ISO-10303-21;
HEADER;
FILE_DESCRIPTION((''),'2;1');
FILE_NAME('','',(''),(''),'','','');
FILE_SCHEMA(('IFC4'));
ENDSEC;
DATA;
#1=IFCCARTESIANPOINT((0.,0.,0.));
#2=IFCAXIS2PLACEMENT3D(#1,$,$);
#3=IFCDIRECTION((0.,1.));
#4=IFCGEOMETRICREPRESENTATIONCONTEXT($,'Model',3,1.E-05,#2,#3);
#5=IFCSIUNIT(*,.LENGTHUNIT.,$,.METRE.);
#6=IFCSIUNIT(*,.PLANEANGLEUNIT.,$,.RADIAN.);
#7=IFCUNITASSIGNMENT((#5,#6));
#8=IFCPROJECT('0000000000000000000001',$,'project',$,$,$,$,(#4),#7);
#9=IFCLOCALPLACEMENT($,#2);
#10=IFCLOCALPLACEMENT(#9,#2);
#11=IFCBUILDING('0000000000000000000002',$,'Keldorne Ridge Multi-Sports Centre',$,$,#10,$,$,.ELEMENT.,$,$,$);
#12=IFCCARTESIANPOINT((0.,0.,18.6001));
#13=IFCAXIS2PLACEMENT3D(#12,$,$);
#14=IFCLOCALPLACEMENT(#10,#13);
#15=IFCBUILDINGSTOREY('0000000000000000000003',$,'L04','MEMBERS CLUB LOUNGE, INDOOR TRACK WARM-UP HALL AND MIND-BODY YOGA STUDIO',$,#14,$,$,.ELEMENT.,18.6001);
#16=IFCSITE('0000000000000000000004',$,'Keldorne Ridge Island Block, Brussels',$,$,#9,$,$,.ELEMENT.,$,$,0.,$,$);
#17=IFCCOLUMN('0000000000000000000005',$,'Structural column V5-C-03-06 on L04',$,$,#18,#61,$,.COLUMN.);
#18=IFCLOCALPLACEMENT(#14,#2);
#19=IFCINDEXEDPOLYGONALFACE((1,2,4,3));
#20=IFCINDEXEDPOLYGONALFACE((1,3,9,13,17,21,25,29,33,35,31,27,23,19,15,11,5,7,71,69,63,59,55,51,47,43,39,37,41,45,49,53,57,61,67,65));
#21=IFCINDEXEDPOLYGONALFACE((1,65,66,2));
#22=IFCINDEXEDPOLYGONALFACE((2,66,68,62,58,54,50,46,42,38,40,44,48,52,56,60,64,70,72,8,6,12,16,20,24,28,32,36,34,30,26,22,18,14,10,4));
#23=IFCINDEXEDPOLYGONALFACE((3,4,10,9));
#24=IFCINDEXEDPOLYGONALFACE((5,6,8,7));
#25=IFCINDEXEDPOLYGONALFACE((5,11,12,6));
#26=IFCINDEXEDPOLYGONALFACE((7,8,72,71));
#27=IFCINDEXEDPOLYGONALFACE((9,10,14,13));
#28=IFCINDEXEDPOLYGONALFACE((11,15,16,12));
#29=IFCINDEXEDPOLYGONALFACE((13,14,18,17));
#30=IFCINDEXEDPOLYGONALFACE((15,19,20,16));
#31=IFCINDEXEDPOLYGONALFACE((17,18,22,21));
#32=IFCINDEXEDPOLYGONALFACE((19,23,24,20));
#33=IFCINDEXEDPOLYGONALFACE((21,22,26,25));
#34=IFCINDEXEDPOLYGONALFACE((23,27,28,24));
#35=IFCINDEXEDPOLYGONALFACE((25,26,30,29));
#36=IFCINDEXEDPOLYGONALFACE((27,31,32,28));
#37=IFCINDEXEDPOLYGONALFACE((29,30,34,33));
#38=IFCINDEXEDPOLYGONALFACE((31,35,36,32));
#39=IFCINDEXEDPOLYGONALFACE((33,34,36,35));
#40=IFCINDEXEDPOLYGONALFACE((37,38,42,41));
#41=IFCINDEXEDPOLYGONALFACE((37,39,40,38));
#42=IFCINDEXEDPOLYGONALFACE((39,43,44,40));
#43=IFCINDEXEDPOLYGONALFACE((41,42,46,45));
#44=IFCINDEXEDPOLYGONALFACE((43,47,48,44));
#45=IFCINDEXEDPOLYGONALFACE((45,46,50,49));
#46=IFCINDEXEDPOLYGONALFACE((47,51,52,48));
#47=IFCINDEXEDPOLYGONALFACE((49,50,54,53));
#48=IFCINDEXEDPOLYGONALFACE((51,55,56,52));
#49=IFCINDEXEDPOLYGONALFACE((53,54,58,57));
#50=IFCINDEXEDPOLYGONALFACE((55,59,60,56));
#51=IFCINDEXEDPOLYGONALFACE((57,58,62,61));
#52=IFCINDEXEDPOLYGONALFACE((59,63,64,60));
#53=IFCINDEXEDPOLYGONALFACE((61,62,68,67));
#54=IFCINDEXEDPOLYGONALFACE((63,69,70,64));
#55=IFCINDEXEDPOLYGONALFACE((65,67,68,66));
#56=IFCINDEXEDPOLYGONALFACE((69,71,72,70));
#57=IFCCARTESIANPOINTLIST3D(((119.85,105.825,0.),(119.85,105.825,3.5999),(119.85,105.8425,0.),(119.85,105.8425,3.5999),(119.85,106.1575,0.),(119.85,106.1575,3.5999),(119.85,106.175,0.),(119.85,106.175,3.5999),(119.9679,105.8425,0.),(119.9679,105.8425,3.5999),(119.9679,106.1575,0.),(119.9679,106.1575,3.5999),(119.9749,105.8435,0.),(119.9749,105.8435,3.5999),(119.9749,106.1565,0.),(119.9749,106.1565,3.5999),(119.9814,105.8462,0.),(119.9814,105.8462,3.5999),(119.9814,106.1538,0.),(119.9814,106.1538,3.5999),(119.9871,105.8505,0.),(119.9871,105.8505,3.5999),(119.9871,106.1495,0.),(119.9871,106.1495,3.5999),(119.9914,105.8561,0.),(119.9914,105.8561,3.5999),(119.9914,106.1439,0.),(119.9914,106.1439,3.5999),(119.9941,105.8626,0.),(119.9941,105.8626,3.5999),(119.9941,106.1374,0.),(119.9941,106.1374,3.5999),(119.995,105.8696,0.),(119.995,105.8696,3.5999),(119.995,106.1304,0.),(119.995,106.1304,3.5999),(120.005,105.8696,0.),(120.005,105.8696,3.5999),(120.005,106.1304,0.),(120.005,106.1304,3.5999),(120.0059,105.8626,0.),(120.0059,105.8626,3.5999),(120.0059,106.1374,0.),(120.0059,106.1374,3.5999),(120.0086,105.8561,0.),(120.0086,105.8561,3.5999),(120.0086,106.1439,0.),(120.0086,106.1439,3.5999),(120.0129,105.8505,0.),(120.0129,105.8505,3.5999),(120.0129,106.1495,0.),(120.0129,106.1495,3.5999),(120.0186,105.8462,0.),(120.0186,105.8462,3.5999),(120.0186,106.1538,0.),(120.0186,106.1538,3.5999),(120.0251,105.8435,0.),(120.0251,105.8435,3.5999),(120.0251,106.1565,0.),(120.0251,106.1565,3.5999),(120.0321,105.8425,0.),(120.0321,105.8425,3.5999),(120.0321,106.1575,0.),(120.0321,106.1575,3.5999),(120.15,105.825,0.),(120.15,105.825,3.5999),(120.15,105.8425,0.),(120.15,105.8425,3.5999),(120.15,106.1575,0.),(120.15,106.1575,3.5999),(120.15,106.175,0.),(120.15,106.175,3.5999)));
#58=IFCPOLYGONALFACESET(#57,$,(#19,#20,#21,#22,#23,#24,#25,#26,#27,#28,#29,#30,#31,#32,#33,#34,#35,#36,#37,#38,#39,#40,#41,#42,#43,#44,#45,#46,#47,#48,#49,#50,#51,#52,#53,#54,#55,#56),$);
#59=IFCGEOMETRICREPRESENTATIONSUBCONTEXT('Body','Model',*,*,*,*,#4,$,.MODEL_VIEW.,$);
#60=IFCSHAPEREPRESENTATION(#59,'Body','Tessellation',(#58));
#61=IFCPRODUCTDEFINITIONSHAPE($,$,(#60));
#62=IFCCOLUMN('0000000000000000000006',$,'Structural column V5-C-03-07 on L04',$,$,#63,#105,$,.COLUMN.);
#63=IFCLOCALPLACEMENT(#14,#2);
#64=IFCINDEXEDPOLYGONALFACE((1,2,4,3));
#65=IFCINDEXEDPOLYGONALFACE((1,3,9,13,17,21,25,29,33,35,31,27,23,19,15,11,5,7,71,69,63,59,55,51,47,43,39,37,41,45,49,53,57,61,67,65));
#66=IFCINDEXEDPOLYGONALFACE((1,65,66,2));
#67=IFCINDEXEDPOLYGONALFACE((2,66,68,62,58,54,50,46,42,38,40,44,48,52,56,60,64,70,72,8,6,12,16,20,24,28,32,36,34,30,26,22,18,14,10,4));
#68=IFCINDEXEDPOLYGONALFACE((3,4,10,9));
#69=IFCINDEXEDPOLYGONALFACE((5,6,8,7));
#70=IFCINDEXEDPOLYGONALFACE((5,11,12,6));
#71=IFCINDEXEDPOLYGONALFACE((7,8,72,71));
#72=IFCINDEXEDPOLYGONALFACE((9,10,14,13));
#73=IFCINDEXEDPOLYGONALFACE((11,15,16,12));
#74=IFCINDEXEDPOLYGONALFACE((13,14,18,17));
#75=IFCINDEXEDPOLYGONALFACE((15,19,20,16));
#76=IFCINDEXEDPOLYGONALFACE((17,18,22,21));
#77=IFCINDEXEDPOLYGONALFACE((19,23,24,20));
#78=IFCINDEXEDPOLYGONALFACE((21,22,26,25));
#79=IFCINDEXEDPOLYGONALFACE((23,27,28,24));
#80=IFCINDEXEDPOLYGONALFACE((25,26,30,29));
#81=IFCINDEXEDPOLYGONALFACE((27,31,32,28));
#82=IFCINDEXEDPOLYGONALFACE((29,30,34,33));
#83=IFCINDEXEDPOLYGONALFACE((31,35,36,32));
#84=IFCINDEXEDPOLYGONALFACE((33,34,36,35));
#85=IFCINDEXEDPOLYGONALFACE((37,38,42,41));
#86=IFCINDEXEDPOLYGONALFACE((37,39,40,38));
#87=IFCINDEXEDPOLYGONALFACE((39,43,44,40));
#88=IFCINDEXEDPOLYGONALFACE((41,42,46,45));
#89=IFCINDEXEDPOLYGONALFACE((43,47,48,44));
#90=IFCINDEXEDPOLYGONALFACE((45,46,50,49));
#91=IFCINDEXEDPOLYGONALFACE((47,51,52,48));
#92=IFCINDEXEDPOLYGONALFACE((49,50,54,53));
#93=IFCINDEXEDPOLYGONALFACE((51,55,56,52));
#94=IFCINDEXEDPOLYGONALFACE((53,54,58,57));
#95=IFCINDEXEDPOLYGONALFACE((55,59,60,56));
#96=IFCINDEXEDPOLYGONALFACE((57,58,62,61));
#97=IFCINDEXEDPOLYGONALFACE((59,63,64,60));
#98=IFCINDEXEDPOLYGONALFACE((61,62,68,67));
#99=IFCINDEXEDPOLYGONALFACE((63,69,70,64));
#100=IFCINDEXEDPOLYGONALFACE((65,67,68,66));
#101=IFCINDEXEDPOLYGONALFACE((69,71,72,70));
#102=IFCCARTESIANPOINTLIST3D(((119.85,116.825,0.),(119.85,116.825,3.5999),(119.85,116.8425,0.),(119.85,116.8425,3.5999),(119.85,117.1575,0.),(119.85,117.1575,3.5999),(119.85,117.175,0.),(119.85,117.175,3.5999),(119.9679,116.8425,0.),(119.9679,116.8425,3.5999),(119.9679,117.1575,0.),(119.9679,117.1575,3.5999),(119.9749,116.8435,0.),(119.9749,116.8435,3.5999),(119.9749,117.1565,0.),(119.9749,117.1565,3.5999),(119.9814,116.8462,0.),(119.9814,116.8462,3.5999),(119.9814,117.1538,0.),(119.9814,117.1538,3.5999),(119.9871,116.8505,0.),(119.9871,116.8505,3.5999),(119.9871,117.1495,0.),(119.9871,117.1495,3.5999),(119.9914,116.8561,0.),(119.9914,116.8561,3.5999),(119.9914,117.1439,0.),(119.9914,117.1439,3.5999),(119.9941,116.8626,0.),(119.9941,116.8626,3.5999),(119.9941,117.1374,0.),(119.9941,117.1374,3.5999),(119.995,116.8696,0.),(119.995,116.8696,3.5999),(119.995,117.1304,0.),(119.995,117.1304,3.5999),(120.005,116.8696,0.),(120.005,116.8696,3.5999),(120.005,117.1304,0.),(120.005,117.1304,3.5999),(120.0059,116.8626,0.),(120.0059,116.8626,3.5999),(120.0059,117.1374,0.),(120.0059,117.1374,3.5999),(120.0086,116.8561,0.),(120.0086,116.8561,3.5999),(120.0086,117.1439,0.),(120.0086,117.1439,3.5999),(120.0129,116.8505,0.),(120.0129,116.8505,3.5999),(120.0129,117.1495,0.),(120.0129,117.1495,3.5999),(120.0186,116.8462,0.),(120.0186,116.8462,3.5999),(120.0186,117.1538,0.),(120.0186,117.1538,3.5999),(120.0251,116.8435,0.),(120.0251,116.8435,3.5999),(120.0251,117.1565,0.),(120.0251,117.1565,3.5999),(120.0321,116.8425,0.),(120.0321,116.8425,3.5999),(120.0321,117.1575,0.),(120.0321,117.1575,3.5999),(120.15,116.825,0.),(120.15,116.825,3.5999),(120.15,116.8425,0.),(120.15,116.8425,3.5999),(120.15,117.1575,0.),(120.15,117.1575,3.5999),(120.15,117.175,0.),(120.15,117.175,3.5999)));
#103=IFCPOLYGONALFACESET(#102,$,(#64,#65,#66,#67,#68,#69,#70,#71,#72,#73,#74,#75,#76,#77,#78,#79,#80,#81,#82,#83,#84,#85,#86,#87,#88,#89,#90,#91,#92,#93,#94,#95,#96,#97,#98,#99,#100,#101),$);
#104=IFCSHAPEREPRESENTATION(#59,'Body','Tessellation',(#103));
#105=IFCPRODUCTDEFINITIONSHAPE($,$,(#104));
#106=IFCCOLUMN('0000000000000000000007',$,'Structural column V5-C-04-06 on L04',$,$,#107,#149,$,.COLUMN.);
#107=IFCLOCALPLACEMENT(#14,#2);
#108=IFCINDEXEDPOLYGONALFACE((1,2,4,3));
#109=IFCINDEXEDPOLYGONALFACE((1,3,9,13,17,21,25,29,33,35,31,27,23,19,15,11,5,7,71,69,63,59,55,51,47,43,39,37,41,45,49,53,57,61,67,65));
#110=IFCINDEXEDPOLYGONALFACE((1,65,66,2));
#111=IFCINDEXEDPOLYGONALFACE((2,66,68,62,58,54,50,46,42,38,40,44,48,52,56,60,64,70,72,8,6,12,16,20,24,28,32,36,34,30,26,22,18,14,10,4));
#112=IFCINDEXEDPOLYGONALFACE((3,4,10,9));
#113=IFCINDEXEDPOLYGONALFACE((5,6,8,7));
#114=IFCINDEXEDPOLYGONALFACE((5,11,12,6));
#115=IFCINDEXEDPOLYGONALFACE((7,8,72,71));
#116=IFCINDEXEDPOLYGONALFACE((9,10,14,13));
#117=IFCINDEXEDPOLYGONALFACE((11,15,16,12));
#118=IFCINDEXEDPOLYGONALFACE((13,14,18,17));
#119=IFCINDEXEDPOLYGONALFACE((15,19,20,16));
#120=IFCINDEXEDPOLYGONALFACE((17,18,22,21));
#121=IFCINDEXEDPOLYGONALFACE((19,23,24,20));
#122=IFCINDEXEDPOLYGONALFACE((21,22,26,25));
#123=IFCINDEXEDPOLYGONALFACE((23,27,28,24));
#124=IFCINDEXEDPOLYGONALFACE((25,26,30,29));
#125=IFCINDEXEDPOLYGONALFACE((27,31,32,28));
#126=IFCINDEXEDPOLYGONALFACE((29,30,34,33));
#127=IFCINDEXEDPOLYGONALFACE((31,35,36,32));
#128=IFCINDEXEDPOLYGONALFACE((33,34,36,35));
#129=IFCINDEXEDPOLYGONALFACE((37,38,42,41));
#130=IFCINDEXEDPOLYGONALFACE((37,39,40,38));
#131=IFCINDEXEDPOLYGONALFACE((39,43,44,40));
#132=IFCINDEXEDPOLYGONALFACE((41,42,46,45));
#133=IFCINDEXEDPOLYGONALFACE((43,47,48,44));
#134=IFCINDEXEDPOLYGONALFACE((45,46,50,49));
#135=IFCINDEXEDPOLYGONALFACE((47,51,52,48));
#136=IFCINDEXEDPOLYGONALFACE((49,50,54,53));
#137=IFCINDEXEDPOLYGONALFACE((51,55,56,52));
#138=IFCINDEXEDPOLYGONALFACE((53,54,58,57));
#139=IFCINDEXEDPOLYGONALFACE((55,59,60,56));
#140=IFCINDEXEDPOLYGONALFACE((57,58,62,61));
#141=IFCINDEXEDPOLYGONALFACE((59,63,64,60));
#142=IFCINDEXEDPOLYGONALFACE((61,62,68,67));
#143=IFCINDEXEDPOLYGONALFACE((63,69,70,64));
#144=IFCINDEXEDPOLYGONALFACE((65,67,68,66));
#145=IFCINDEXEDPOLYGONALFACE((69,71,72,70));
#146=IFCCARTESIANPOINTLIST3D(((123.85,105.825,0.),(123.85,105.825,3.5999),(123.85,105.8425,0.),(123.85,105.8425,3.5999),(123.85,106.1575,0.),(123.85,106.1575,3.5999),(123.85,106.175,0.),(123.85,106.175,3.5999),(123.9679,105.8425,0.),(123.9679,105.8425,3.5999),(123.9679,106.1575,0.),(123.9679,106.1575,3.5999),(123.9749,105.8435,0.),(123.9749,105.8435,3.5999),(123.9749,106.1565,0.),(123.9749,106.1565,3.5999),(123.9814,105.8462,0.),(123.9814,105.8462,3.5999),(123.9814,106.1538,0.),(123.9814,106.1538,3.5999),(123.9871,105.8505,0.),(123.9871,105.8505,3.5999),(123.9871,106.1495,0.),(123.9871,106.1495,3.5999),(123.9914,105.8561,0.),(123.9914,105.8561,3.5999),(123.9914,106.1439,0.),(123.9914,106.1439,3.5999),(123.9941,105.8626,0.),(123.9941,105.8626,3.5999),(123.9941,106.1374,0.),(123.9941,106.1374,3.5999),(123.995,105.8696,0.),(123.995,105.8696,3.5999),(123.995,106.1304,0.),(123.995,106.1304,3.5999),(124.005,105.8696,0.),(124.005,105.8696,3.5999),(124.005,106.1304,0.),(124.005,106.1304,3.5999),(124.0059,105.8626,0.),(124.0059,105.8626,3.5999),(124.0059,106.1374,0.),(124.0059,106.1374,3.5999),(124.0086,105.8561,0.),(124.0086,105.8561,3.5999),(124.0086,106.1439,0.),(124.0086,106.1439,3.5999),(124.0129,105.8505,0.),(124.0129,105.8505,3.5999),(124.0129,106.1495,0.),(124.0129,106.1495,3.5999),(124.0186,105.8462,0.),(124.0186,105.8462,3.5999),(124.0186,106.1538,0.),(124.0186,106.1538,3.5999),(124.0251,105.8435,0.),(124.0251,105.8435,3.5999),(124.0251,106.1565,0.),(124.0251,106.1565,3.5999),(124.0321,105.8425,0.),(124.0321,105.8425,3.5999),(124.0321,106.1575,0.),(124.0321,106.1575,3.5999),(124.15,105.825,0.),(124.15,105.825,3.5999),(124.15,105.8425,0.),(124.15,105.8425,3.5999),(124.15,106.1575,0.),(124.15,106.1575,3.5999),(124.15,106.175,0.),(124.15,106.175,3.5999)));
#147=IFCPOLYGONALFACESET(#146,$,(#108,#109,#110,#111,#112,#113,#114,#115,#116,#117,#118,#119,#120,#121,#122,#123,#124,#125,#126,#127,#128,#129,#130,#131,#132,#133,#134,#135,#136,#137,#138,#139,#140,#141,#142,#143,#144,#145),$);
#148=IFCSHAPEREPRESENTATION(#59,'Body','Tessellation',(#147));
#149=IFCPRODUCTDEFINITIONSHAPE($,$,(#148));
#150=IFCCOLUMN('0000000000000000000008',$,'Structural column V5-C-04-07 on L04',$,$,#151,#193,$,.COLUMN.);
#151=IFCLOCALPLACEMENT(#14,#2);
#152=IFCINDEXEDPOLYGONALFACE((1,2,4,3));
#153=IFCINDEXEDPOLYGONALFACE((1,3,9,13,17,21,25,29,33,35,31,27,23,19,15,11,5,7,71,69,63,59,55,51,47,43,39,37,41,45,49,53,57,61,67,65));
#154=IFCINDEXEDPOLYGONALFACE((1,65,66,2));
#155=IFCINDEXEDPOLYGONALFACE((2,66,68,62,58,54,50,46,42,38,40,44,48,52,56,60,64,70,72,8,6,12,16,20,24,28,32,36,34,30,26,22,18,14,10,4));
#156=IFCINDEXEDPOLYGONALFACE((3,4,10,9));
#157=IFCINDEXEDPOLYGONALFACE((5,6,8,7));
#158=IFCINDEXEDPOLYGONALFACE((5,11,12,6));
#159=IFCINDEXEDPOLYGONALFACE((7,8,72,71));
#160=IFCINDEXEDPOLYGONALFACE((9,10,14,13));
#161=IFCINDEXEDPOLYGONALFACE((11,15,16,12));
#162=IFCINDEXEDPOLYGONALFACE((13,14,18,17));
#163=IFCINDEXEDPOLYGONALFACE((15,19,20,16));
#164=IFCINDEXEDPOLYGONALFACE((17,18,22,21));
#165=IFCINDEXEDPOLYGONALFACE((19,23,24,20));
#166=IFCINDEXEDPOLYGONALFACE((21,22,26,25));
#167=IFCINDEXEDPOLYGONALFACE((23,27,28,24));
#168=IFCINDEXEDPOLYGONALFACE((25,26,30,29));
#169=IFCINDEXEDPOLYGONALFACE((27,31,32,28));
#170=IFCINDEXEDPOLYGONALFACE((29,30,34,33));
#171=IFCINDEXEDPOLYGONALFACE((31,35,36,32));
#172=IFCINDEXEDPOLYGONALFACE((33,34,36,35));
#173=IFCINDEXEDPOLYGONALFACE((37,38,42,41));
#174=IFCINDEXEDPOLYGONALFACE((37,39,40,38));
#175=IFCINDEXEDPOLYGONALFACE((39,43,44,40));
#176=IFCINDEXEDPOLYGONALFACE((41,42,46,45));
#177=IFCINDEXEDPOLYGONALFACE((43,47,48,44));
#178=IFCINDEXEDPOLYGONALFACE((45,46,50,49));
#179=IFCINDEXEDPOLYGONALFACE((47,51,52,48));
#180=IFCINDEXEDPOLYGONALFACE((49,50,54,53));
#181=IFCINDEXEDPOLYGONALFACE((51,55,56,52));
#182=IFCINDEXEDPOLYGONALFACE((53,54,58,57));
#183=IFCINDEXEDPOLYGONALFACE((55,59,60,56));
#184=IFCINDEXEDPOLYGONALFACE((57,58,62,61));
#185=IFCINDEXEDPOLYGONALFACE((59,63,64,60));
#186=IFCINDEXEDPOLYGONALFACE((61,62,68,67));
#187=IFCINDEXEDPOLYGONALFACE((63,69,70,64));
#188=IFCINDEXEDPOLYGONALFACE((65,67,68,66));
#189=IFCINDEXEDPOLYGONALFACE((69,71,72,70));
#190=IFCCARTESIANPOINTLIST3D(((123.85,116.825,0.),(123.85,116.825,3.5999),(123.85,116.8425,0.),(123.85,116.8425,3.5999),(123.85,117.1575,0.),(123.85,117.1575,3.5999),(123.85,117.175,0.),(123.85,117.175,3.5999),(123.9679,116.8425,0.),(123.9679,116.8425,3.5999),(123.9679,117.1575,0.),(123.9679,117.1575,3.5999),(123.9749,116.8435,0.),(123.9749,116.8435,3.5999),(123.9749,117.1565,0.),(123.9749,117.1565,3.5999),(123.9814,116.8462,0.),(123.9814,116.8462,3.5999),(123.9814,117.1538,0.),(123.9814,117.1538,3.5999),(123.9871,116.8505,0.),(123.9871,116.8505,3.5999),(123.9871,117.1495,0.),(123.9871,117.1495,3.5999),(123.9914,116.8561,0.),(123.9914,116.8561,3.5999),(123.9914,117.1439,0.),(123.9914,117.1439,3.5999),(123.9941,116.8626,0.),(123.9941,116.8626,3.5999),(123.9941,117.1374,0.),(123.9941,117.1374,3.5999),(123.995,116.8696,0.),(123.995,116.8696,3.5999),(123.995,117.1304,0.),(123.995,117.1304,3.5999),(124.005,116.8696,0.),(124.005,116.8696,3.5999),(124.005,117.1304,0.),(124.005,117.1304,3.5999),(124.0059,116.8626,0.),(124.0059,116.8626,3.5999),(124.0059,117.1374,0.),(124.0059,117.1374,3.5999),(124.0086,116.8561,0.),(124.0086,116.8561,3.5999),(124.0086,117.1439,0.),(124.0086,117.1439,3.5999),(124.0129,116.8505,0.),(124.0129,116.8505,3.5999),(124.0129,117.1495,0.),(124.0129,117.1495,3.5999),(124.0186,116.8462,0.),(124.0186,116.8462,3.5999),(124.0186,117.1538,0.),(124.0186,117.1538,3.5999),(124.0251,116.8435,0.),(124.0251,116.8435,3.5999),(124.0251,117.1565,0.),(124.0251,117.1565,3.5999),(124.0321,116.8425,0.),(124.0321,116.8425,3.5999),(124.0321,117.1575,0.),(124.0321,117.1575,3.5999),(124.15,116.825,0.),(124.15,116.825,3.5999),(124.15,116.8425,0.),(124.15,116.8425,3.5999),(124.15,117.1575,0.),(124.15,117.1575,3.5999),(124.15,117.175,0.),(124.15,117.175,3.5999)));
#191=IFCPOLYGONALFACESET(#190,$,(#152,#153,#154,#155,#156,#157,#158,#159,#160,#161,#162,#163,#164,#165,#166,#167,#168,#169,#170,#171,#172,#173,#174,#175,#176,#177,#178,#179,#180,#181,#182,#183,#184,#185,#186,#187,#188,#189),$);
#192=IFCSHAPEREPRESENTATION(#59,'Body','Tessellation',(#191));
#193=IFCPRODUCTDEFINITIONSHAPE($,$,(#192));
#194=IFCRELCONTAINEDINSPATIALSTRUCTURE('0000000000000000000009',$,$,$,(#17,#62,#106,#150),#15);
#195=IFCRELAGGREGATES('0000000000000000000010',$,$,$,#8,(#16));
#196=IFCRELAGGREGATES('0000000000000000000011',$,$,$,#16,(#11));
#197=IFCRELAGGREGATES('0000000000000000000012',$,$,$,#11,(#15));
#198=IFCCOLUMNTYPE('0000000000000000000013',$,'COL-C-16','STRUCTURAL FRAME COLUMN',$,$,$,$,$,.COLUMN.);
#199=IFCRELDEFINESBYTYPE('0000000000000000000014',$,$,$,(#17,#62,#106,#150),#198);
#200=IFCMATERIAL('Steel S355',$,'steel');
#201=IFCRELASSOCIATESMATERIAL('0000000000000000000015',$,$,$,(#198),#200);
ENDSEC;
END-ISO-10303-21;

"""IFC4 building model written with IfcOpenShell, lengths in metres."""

from ifc_helpers import new_model, si_unit, direction, frame, origin, origin_2d, place, context, subcontext, project, spatial, i_section, extrude, material, material_profile, profile_set, type_object, element, save


model = new_model("IFC4")

# Units and contexts
model_context = context("Model", 3, precision=1e-05, world=origin(), true_north=direction((0.0, 1.0)))
body_context = subcontext(model_context, "Body", "Model", "MODEL_VIEW")
ifc_project = project(units=[si_unit("LENGTHUNIT", "METRE"), si_unit("PLANEANGLEUNIT", "RADIAN")], contexts=[model_context])

# Site, building, storey
site_placement = place(None, origin())
site = spatial("IfcSite", under=ifc_project, at=site_placement, Name="Keldorne Ridge Island Block, Brussels", CompositionType="ELEMENT", RefElevation=0.0)
building_placement = place(site_placement, origin())
building = spatial("IfcBuilding", under=site, at=building_placement, Name="Keldorne Ridge Multi-Sports Centre", CompositionType="ELEMENT")
storey_placement = place(building_placement, frame((0.0, 0.0, 18.6001)))
storey = spatial("IfcBuildingStorey", under=building, at=storey_placement, Name="L04", Description="MEMBERS CLUB LOUNGE, INDOOR TRACK WARM-UP HALL AND MIND-BODY YOGA STUDIO", CompositionType="ELEMENT", Elevation=18.6001)

# Columns
ifc_material_1 = material(Name="Steel S355", Category="steel")
ifc_material_profile_1 = material_profile(ifc_material_1, i_section(OverallWidth=0.3, OverallDepth=0.3501, WebThickness=0.01, FlangeThickness=0.0176, FilletRadius=0.0271, at=origin_2d()), Name="HEA 360")
ifc_profile_set_1 = profile_set([ifc_material_profile_1], Name="Steel S355")
column_type = type_object("IfcColumnType", Name="COL-C-16", Description="STRUCTURAL FRAME COLUMN", PredefinedType="COLUMN", material=ifc_profile_set_1)
for number, where, z_axis, x_axis, name in (
    (1, (120.0, 106.0, 0.0), (0.0, 0.0, 1.0), (1.0, 0.0, 0.0), "Structural column V5-C-03-06 on L04"),
    (2, (120.0, 117.0, 0.0), (0.0, 0.0, 1.0), (1.0, 0.0, 0.0), "Structural column V5-C-03-07 on L04"),
    (3, (124.0, 106.0, 0.0), (0.0, 0.0, 1.0), (1.0, 0.0, 0.0), "Structural column V5-C-04-06 on L04"),
    (4, (124.0, 117.0, 0.0), (0.0, 0.0, 1.0), (1.0, 0.0, 0.0), "Structural column V5-C-04-07 on L04"),
):
    element("IfcColumn", number, at=place(storey_placement, frame(where, z_axis=z_axis, x_axis=x_axis)), inside=storey, type_object=column_type, Name=name, PredefinedType="COLUMN", context=body_context, shape_type="SweptSolid", body=[
        extrude(i_section(OverallWidth=0.3, OverallDepth=0.3501, WebThickness=0.01, FlangeThickness=0.0176, FilletRadius=0.0271, at=origin_2d()), origin(), (0.0, 0.0, 1.0), 3.5999),
    ])

save(model, "model.ifc")
